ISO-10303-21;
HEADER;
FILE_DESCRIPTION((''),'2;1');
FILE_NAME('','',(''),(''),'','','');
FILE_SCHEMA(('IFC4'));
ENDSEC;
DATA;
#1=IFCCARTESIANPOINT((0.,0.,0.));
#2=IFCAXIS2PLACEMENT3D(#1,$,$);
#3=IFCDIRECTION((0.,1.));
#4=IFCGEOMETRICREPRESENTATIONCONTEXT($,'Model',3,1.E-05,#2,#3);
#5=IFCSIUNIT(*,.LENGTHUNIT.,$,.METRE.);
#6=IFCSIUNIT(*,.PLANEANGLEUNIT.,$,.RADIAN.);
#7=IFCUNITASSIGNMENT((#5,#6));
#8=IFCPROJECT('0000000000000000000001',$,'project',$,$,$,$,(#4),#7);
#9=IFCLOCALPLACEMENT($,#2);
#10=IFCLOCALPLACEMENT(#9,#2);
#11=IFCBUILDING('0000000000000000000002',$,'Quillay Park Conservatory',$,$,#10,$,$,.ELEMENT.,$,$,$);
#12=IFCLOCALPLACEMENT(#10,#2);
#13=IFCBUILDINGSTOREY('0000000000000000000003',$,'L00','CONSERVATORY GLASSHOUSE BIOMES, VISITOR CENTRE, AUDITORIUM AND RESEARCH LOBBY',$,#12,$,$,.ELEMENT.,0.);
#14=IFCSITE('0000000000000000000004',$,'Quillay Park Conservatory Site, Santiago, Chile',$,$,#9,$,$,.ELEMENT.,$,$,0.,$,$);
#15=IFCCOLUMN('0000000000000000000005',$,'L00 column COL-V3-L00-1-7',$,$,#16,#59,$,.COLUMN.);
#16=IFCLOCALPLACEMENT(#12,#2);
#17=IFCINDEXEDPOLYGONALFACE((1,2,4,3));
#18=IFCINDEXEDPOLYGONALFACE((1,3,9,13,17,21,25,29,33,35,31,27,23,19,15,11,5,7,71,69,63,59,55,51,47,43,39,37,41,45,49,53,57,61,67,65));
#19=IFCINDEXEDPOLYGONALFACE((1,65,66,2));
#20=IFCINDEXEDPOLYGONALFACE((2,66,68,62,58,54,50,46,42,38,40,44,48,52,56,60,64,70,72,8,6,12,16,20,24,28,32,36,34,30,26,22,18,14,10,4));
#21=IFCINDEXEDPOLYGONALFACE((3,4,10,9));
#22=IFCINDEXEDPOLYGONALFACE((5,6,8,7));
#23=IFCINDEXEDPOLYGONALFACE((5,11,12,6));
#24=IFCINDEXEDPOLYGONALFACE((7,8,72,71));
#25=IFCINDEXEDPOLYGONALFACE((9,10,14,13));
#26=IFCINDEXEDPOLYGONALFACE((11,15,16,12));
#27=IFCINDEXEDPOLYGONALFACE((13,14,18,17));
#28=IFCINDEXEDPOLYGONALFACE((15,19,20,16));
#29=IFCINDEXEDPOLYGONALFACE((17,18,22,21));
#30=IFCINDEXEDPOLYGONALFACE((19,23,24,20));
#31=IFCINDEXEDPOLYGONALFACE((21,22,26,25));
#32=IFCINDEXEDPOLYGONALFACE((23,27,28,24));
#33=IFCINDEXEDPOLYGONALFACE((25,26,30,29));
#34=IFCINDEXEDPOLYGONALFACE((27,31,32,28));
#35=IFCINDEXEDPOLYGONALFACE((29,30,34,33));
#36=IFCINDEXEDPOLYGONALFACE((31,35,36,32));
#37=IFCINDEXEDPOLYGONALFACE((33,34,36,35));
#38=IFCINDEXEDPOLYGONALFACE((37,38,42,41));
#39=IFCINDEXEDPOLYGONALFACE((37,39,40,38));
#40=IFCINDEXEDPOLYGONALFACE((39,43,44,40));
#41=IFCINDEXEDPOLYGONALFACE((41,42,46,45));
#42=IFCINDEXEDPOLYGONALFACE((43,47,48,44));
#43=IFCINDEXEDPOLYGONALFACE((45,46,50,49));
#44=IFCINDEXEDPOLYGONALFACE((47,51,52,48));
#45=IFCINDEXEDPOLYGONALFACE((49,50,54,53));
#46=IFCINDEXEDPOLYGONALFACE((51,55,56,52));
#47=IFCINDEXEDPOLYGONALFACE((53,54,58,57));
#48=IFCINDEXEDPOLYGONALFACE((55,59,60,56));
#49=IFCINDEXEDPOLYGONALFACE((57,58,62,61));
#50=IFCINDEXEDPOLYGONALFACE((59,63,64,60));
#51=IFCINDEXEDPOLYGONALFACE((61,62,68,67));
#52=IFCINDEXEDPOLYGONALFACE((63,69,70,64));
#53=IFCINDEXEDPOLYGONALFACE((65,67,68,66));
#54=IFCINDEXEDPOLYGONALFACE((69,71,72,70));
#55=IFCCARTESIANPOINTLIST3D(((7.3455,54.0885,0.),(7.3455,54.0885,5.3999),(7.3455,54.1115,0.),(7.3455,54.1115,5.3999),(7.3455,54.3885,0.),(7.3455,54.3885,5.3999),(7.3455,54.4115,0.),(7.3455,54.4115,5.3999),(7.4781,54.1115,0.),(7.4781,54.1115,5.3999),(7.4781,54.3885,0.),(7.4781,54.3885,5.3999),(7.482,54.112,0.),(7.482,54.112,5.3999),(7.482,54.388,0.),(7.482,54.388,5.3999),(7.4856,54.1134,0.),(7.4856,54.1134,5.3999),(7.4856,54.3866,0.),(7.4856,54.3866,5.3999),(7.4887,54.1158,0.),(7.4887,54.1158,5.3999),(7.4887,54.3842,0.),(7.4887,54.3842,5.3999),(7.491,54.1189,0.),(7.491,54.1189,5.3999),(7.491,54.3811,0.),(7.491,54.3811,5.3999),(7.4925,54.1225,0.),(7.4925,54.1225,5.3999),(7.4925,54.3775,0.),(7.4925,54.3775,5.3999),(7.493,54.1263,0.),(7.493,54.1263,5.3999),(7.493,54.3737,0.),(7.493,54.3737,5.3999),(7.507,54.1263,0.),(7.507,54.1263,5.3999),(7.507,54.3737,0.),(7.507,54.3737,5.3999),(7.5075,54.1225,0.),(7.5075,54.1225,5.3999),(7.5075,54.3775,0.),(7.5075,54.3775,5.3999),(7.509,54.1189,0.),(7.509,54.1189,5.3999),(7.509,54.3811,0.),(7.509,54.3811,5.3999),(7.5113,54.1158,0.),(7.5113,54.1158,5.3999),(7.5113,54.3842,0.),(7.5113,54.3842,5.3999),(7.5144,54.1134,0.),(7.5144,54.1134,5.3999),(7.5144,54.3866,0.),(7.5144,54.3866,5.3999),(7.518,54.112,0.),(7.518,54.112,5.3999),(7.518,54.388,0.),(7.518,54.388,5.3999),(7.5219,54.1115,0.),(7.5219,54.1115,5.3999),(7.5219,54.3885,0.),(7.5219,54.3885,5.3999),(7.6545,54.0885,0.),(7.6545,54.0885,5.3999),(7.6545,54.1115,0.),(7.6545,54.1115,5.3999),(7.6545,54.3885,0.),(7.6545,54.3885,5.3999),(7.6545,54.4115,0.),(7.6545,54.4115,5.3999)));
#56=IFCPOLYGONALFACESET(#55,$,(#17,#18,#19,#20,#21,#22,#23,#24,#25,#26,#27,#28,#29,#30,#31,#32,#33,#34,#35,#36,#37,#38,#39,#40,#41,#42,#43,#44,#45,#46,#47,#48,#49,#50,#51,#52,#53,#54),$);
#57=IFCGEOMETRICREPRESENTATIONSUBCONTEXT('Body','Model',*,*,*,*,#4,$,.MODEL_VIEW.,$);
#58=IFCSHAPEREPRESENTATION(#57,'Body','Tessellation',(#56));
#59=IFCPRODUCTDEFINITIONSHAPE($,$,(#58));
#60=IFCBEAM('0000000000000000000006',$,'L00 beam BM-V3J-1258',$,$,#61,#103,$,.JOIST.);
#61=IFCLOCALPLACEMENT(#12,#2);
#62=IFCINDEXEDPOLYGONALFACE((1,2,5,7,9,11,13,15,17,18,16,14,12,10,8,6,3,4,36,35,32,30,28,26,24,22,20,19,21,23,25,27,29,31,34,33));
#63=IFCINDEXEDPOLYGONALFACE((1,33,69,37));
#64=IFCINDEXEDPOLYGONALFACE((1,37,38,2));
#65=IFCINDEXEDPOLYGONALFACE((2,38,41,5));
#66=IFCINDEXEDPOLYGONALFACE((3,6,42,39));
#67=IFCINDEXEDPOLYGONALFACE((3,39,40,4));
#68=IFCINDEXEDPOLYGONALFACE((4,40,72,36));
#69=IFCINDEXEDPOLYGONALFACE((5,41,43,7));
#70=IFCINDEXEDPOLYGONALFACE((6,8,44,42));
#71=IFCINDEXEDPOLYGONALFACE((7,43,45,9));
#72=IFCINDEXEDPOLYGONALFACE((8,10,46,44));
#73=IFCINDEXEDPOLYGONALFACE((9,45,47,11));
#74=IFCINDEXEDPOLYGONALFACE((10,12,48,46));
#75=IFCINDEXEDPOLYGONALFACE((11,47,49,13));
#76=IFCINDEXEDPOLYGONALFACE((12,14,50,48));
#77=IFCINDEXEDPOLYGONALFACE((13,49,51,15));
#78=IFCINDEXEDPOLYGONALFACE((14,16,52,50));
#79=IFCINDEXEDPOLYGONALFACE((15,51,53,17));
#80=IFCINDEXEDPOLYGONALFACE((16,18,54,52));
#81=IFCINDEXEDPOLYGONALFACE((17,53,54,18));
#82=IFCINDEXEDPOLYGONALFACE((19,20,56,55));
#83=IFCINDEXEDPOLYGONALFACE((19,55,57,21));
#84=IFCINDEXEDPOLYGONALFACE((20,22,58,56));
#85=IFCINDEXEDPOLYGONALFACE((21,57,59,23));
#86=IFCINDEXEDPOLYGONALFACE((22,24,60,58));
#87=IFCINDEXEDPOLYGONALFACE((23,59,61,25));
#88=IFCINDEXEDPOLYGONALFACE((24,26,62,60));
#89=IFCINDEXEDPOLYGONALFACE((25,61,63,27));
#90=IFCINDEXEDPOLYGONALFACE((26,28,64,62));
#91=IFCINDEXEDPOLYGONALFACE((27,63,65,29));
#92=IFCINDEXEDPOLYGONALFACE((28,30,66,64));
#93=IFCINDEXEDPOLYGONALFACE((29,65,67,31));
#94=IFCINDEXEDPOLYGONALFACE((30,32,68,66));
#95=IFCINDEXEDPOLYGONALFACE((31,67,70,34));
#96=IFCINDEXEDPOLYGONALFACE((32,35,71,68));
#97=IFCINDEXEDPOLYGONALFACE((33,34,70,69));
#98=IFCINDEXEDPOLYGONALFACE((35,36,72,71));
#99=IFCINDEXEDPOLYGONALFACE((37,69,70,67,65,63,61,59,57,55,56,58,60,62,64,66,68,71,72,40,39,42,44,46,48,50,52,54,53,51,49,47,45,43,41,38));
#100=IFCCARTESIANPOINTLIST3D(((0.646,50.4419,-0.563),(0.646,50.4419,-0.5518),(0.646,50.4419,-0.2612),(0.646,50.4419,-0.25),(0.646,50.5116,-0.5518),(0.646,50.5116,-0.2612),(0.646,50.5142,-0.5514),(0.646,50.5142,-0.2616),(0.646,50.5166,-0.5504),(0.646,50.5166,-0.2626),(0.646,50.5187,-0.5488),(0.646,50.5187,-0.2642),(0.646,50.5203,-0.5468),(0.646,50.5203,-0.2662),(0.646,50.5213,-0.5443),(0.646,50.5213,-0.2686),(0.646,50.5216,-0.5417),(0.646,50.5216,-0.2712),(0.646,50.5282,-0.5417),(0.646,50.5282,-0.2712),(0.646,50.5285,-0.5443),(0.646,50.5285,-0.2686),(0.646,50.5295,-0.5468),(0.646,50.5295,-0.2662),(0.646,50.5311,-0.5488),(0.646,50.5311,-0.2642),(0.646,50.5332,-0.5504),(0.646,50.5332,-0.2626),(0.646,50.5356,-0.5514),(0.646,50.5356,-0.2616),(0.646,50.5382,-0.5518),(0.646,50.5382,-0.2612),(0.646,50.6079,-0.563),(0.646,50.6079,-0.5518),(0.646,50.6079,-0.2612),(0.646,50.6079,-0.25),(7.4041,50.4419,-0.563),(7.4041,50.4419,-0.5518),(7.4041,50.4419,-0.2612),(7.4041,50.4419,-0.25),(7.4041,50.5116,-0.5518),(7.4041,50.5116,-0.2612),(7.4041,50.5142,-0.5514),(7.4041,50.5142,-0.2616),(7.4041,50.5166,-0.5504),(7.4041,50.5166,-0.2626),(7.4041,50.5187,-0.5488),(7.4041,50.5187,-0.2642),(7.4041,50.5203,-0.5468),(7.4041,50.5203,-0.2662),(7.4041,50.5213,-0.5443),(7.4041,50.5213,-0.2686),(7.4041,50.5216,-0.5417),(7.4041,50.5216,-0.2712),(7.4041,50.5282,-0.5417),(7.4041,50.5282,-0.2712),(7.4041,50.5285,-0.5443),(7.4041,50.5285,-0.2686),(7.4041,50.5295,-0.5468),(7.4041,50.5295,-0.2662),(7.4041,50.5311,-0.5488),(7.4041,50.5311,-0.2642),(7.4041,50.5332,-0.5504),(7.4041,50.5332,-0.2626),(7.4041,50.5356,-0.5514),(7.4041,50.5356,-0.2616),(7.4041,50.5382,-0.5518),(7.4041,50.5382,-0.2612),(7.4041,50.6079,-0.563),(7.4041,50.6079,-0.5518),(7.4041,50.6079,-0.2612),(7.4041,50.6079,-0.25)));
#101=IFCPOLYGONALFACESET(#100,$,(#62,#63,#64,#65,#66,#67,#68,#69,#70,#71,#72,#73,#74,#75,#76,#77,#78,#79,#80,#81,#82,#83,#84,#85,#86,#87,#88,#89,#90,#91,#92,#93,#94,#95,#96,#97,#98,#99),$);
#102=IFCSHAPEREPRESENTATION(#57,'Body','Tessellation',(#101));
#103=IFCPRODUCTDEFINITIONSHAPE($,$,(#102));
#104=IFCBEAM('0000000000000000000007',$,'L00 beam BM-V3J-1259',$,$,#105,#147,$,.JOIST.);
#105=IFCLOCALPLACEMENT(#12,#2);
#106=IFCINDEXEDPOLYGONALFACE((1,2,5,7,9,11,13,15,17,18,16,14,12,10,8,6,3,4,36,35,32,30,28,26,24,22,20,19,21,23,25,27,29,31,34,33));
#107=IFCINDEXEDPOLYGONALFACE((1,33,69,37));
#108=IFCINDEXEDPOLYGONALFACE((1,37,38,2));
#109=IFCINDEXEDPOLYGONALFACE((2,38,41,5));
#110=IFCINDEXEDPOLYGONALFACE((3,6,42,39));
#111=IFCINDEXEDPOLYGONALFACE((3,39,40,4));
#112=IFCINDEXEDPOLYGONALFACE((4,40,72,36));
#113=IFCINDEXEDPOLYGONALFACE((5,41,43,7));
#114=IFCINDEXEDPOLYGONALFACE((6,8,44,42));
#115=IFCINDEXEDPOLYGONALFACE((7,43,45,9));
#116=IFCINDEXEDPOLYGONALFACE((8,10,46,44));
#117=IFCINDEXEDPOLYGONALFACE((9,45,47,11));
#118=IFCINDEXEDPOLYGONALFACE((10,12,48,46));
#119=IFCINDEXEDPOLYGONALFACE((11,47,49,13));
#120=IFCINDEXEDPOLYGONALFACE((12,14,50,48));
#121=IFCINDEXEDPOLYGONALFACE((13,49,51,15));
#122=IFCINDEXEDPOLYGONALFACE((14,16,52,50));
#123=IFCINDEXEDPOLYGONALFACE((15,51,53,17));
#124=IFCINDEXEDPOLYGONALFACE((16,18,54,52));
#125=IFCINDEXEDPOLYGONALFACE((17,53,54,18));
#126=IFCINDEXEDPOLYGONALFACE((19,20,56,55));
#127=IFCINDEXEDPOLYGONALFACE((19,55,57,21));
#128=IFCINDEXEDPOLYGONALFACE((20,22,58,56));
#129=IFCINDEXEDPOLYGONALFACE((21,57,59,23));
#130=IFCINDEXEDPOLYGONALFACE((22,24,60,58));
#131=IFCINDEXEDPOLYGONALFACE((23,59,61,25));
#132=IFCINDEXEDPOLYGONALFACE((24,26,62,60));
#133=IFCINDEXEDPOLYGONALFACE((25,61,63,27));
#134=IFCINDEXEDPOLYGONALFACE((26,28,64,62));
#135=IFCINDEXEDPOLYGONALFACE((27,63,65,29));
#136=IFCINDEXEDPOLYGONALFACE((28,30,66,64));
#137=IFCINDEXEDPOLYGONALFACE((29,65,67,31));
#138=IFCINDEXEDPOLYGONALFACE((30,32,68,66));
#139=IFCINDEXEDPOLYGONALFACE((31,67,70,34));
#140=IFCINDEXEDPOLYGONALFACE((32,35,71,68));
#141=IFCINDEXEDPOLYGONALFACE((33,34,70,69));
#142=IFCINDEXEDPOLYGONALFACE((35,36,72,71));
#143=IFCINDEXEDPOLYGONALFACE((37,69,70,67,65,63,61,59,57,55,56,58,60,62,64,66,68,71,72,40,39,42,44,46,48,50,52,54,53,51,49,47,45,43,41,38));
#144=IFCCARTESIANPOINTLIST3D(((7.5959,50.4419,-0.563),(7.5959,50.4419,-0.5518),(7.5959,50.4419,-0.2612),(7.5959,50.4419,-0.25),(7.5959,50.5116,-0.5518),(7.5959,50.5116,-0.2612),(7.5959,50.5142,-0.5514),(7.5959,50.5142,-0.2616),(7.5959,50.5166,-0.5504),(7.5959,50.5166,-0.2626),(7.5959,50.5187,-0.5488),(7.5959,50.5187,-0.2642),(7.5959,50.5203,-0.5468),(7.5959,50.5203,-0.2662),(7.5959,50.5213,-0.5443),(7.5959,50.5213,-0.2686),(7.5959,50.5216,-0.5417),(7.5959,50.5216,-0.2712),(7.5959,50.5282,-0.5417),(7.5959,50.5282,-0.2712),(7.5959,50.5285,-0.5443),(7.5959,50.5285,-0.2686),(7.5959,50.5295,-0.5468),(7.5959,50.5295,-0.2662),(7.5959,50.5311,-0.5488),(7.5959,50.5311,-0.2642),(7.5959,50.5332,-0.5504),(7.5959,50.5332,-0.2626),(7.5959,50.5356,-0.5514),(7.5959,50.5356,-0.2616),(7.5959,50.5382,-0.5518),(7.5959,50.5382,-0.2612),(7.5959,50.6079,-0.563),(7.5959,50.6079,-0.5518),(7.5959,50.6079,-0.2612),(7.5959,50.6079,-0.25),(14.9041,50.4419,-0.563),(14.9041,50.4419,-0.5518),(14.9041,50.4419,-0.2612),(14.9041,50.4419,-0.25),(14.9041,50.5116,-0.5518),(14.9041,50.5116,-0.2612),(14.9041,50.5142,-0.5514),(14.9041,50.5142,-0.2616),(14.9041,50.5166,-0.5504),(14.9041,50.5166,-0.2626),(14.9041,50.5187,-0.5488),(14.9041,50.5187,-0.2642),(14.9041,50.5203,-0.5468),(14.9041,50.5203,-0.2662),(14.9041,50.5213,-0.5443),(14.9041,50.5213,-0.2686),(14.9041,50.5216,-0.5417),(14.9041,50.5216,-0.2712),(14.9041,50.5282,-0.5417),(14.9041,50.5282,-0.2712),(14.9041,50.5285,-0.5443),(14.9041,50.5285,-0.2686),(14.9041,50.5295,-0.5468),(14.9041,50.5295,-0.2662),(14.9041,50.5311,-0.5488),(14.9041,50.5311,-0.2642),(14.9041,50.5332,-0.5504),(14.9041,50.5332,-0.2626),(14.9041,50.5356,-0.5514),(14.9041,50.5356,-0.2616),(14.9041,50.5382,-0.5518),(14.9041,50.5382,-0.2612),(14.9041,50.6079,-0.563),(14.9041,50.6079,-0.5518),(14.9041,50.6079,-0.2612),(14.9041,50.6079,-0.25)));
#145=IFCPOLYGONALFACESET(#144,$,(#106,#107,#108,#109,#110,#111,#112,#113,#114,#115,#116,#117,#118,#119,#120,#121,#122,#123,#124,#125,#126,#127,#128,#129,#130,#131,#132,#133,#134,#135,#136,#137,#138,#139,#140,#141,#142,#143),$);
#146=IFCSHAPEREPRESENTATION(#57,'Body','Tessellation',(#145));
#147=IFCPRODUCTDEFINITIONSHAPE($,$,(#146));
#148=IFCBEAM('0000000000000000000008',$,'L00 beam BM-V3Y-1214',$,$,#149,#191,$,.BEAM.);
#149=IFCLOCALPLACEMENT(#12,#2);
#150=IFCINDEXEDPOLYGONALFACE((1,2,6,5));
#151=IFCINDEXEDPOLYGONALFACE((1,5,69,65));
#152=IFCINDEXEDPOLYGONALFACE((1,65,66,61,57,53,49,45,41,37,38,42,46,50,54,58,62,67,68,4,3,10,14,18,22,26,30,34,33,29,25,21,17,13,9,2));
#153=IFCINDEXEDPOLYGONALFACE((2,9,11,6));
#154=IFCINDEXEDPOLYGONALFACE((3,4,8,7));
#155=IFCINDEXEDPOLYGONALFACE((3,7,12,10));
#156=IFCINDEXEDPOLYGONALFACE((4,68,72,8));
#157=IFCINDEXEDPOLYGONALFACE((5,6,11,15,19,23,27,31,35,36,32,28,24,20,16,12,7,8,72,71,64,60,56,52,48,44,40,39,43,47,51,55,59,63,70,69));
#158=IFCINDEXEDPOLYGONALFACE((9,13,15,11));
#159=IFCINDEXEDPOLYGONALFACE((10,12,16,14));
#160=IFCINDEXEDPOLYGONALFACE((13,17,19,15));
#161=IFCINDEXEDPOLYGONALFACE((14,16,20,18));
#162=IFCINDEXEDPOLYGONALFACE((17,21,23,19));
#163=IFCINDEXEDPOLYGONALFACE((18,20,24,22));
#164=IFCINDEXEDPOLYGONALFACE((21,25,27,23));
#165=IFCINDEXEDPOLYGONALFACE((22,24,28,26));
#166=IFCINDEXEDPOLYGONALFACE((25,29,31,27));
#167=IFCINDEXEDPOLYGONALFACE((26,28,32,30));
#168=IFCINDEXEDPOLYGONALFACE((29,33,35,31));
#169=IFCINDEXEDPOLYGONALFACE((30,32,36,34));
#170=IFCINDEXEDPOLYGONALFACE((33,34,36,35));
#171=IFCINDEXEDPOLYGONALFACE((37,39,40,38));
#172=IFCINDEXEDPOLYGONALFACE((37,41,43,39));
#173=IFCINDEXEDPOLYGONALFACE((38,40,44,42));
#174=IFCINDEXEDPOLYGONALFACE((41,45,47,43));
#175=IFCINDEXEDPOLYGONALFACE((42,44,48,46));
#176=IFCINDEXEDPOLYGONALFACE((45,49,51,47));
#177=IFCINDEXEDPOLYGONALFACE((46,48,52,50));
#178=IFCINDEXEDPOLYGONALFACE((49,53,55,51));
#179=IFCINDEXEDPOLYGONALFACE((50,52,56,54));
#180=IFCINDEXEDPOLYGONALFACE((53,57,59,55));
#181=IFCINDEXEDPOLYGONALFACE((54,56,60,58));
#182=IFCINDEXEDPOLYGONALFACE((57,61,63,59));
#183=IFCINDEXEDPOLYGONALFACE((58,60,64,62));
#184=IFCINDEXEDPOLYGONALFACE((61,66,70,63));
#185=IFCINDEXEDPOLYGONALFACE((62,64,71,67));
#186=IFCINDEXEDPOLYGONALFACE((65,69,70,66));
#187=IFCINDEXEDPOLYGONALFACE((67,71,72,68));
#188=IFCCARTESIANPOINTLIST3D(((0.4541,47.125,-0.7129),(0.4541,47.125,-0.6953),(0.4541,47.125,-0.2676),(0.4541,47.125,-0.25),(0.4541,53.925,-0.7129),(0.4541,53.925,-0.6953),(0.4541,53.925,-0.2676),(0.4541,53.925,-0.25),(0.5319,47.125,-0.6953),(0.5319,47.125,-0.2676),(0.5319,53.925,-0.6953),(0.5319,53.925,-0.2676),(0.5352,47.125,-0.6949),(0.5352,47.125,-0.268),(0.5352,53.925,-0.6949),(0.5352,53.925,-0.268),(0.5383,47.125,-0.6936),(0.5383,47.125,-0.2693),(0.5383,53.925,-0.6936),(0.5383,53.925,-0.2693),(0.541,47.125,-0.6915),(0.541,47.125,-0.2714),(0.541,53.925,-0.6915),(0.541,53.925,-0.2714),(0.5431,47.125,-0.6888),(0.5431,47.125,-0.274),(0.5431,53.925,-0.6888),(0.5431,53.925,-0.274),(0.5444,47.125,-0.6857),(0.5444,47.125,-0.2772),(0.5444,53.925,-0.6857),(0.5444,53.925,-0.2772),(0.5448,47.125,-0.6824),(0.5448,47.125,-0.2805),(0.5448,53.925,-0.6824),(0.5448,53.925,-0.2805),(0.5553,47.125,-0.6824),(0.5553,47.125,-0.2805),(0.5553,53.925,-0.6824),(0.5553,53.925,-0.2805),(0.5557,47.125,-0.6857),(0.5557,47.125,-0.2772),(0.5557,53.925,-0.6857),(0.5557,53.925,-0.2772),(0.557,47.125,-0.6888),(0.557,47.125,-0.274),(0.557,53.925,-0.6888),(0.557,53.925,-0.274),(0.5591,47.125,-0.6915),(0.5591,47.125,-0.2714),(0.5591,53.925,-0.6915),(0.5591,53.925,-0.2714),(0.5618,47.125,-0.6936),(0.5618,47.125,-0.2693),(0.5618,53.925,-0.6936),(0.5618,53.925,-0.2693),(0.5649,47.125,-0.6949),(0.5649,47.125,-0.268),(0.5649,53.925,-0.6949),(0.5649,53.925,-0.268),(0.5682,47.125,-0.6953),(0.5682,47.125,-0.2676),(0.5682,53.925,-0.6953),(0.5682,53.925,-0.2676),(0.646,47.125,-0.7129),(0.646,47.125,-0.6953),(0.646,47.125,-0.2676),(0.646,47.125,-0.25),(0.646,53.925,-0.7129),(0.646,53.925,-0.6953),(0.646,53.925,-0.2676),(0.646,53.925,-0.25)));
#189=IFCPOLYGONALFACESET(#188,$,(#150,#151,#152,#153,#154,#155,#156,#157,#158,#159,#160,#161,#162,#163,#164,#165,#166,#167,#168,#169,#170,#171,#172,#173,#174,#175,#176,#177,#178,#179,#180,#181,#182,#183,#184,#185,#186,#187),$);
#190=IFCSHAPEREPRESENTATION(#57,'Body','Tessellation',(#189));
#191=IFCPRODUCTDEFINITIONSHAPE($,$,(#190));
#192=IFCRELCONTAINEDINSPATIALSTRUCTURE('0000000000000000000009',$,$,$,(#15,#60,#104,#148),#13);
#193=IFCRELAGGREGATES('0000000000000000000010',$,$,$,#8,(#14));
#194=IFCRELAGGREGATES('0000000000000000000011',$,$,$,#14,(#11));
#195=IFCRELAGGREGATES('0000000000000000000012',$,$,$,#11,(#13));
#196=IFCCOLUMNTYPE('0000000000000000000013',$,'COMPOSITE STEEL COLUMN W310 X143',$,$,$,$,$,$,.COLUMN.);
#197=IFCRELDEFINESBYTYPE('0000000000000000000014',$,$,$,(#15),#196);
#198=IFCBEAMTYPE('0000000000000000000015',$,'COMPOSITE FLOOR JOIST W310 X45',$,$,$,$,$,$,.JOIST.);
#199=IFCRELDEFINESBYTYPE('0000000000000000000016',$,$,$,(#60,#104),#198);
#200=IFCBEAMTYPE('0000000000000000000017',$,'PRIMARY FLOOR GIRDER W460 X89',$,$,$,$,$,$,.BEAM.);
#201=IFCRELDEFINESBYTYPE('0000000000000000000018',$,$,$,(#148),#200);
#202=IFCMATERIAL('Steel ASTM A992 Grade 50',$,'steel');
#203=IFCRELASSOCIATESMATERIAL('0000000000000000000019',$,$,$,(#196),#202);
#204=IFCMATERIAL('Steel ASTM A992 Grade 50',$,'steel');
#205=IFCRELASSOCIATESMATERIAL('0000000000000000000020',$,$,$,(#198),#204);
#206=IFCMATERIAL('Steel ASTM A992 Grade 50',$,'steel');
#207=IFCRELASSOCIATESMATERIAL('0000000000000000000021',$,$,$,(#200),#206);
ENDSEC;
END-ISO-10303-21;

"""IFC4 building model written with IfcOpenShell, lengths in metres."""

from ifc_helpers import new_model, si_unit, direction, frame, origin, origin_2d, place, context, subcontext, project, spatial, i_section, extrude, material, material_profile, profile_set, type_object, element, save


model = new_model("IFC4")

# Units and contexts
model_context = context("Model", 3, precision=1e-05, world=origin(), true_north=direction((0.0, 1.0)))
body_context = subcontext(model_context, "Body", "Model", "MODEL_VIEW")
ifc_project = project(units=[si_unit("LENGTHUNIT", "METRE"), si_unit("PLANEANGLEUNIT", "RADIAN")], contexts=[model_context])

# Site, building, storey
site_placement = place(None, origin())
site = spatial("IfcSite", under=ifc_project, at=site_placement, Name="Quillay Park Conservatory Site, Santiago, Chile", CompositionType="ELEMENT", RefElevation=0.0)
building_placement = place(site_placement, origin())
building = spatial("IfcBuilding", under=site, at=building_placement, Name="Quillay Park Conservatory", CompositionType="ELEMENT")
storey_placement = place(building_placement, origin())
storey = spatial("IfcBuildingStorey", under=building, at=storey_placement, Name="L00", Description="CONSERVATORY GLASSHOUSE BIOMES, VISITOR CENTRE, AUDITORIUM AND RESEARCH LOBBY", CompositionType="ELEMENT", Elevation=0.0)

# Column
ifc_material_1 = material(Name="Steel ASTM A992 Grade 50", Category="steel")
ifc_material_profile_1 = material_profile(ifc_material_1, i_section(OverallWidth=0.3091, OverallDepth=0.323, WebThickness=0.0139, FlangeThickness=0.0229, FilletRadius=0.0149, at=origin_2d()), Name="W310x143")
ifc_profile_set_1 = profile_set([ifc_material_profile_1], Name="Steel ASTM A992 Grade 50")
column_type_1 = type_object("IfcColumnType", Name="COMPOSITE STEEL COLUMN W310 X143", PredefinedType="COLUMN", material=ifc_profile_set_1)
for number, where, z_axis, x_axis, name in (
    (1, (7.5, 54.25, 0.0), (0.0, 0.0, 1.0), (1.0, 0.0, 0.0), "L00 column COL-V3-L00-1-7"),
):
    element("IfcColumn", number, at=place(storey_placement, frame(where, z_axis=z_axis, x_axis=x_axis)), inside=storey, type_object=column_type_1, Name=name, PredefinedType="COLUMN", context=body_context, shape_type="SweptSolid", body=[
        extrude(i_section(OverallWidth=0.3091, OverallDepth=0.323, WebThickness=0.0139, FlangeThickness=0.0229, FilletRadius=0.0149, at=origin_2d()), origin(), (0.0, 0.0, 1.0), 5.3999),
    ])

# Beams
ifc_material_2 = material(Name="Steel ASTM A992 Grade 50", Category="steel")
ifc_material_profile_2 = material_profile(ifc_material_2, i_section(OverallWidth=0.166, OverallDepth=0.313, WebThickness=0.0066, FlangeThickness=0.0112, FilletRadius=0.01, at=origin_2d()), Name="W310x45")
ifc_profile_set_2 = profile_set([ifc_material_profile_2], Name="Steel ASTM A992 Grade 50")
beam_type_1 = type_object("IfcBeamType", Name="COMPOSITE FLOOR JOIST W310 X45", PredefinedType="JOIST", material=ifc_profile_set_2)
beam_1_placement = place(storey_placement, frame((0.646, 50.5249, -0.4065), z_axis=(1.0, 0.0, 0.0), x_axis=(0.0, 1.0, 0.0)))
element("IfcBeam", 2, at=beam_1_placement, inside=storey, type_object=beam_type_1, Name="L00 beam BM-V3J-1258", PredefinedType="JOIST", context=body_context, shape_type="SweptSolid", body=[
    extrude(i_section(OverallWidth=0.166, OverallDepth=0.313, WebThickness=0.0066, FlangeThickness=0.0112, FilletRadius=0.01, at=origin_2d()), origin(), (0.0, 0.0, 1.0), 6.7581),
])
beam_2_placement = place(storey_placement, frame((7.5959, 50.5249, -0.4065), z_axis=(1.0, 0.0, 0.0), x_axis=(0.0, 1.0, 0.0)))
element("IfcBeam", 3, at=beam_2_placement, inside=storey, type_object=beam_type_1, Name="L00 beam BM-V3J-1259", PredefinedType="JOIST", context=body_context, shape_type="SweptSolid", body=[
    extrude(i_section(OverallWidth=0.166, OverallDepth=0.313, WebThickness=0.0066, FlangeThickness=0.0112, FilletRadius=0.01, at=origin_2d()), origin(), (0.0, 0.0, 1.0), 7.3081),
])
ifc_material_3 = material(Name="Steel ASTM A992 Grade 50", Category="steel")
ifc_material_profile_3 = material_profile(ifc_material_3, i_section(OverallWidth=0.1919, OverallDepth=0.4629, WebThickness=0.0105, FlangeThickness=0.0176, FilletRadius=0.0129, at=origin_2d()), Name="W460x89")
ifc_profile_set_3 = profile_set([ifc_material_profile_3], Name="Steel ASTM A992 Grade 50")
beam_type_2 = type_object("IfcBeamType", Name="PRIMARY FLOOR GIRDER W460 X89", PredefinedType="BEAM", material=ifc_profile_set_3)
for number, where, z_axis, x_axis, name in (
    (4, (0.55, 47.125, -0.4814), (0.0, 1.0, 0.0), (-1.0, 0.0, 0.0), "L00 beam BM-V3Y-1214"),
):
    element("IfcBeam", number, at=place(storey_placement, frame(where, z_axis=z_axis, x_axis=x_axis)), inside=storey, type_object=beam_type_2, Name=name, PredefinedType="BEAM", context=body_context, shape_type="SweptSolid", body=[
        extrude(i_section(OverallWidth=0.1919, OverallDepth=0.4629, WebThickness=0.0105, FlangeThickness=0.0176, FilletRadius=0.0129, at=origin_2d()), origin(), (0.0, 0.0, 1.0), 6.8),
    ])

save(model, "model.ifc")
